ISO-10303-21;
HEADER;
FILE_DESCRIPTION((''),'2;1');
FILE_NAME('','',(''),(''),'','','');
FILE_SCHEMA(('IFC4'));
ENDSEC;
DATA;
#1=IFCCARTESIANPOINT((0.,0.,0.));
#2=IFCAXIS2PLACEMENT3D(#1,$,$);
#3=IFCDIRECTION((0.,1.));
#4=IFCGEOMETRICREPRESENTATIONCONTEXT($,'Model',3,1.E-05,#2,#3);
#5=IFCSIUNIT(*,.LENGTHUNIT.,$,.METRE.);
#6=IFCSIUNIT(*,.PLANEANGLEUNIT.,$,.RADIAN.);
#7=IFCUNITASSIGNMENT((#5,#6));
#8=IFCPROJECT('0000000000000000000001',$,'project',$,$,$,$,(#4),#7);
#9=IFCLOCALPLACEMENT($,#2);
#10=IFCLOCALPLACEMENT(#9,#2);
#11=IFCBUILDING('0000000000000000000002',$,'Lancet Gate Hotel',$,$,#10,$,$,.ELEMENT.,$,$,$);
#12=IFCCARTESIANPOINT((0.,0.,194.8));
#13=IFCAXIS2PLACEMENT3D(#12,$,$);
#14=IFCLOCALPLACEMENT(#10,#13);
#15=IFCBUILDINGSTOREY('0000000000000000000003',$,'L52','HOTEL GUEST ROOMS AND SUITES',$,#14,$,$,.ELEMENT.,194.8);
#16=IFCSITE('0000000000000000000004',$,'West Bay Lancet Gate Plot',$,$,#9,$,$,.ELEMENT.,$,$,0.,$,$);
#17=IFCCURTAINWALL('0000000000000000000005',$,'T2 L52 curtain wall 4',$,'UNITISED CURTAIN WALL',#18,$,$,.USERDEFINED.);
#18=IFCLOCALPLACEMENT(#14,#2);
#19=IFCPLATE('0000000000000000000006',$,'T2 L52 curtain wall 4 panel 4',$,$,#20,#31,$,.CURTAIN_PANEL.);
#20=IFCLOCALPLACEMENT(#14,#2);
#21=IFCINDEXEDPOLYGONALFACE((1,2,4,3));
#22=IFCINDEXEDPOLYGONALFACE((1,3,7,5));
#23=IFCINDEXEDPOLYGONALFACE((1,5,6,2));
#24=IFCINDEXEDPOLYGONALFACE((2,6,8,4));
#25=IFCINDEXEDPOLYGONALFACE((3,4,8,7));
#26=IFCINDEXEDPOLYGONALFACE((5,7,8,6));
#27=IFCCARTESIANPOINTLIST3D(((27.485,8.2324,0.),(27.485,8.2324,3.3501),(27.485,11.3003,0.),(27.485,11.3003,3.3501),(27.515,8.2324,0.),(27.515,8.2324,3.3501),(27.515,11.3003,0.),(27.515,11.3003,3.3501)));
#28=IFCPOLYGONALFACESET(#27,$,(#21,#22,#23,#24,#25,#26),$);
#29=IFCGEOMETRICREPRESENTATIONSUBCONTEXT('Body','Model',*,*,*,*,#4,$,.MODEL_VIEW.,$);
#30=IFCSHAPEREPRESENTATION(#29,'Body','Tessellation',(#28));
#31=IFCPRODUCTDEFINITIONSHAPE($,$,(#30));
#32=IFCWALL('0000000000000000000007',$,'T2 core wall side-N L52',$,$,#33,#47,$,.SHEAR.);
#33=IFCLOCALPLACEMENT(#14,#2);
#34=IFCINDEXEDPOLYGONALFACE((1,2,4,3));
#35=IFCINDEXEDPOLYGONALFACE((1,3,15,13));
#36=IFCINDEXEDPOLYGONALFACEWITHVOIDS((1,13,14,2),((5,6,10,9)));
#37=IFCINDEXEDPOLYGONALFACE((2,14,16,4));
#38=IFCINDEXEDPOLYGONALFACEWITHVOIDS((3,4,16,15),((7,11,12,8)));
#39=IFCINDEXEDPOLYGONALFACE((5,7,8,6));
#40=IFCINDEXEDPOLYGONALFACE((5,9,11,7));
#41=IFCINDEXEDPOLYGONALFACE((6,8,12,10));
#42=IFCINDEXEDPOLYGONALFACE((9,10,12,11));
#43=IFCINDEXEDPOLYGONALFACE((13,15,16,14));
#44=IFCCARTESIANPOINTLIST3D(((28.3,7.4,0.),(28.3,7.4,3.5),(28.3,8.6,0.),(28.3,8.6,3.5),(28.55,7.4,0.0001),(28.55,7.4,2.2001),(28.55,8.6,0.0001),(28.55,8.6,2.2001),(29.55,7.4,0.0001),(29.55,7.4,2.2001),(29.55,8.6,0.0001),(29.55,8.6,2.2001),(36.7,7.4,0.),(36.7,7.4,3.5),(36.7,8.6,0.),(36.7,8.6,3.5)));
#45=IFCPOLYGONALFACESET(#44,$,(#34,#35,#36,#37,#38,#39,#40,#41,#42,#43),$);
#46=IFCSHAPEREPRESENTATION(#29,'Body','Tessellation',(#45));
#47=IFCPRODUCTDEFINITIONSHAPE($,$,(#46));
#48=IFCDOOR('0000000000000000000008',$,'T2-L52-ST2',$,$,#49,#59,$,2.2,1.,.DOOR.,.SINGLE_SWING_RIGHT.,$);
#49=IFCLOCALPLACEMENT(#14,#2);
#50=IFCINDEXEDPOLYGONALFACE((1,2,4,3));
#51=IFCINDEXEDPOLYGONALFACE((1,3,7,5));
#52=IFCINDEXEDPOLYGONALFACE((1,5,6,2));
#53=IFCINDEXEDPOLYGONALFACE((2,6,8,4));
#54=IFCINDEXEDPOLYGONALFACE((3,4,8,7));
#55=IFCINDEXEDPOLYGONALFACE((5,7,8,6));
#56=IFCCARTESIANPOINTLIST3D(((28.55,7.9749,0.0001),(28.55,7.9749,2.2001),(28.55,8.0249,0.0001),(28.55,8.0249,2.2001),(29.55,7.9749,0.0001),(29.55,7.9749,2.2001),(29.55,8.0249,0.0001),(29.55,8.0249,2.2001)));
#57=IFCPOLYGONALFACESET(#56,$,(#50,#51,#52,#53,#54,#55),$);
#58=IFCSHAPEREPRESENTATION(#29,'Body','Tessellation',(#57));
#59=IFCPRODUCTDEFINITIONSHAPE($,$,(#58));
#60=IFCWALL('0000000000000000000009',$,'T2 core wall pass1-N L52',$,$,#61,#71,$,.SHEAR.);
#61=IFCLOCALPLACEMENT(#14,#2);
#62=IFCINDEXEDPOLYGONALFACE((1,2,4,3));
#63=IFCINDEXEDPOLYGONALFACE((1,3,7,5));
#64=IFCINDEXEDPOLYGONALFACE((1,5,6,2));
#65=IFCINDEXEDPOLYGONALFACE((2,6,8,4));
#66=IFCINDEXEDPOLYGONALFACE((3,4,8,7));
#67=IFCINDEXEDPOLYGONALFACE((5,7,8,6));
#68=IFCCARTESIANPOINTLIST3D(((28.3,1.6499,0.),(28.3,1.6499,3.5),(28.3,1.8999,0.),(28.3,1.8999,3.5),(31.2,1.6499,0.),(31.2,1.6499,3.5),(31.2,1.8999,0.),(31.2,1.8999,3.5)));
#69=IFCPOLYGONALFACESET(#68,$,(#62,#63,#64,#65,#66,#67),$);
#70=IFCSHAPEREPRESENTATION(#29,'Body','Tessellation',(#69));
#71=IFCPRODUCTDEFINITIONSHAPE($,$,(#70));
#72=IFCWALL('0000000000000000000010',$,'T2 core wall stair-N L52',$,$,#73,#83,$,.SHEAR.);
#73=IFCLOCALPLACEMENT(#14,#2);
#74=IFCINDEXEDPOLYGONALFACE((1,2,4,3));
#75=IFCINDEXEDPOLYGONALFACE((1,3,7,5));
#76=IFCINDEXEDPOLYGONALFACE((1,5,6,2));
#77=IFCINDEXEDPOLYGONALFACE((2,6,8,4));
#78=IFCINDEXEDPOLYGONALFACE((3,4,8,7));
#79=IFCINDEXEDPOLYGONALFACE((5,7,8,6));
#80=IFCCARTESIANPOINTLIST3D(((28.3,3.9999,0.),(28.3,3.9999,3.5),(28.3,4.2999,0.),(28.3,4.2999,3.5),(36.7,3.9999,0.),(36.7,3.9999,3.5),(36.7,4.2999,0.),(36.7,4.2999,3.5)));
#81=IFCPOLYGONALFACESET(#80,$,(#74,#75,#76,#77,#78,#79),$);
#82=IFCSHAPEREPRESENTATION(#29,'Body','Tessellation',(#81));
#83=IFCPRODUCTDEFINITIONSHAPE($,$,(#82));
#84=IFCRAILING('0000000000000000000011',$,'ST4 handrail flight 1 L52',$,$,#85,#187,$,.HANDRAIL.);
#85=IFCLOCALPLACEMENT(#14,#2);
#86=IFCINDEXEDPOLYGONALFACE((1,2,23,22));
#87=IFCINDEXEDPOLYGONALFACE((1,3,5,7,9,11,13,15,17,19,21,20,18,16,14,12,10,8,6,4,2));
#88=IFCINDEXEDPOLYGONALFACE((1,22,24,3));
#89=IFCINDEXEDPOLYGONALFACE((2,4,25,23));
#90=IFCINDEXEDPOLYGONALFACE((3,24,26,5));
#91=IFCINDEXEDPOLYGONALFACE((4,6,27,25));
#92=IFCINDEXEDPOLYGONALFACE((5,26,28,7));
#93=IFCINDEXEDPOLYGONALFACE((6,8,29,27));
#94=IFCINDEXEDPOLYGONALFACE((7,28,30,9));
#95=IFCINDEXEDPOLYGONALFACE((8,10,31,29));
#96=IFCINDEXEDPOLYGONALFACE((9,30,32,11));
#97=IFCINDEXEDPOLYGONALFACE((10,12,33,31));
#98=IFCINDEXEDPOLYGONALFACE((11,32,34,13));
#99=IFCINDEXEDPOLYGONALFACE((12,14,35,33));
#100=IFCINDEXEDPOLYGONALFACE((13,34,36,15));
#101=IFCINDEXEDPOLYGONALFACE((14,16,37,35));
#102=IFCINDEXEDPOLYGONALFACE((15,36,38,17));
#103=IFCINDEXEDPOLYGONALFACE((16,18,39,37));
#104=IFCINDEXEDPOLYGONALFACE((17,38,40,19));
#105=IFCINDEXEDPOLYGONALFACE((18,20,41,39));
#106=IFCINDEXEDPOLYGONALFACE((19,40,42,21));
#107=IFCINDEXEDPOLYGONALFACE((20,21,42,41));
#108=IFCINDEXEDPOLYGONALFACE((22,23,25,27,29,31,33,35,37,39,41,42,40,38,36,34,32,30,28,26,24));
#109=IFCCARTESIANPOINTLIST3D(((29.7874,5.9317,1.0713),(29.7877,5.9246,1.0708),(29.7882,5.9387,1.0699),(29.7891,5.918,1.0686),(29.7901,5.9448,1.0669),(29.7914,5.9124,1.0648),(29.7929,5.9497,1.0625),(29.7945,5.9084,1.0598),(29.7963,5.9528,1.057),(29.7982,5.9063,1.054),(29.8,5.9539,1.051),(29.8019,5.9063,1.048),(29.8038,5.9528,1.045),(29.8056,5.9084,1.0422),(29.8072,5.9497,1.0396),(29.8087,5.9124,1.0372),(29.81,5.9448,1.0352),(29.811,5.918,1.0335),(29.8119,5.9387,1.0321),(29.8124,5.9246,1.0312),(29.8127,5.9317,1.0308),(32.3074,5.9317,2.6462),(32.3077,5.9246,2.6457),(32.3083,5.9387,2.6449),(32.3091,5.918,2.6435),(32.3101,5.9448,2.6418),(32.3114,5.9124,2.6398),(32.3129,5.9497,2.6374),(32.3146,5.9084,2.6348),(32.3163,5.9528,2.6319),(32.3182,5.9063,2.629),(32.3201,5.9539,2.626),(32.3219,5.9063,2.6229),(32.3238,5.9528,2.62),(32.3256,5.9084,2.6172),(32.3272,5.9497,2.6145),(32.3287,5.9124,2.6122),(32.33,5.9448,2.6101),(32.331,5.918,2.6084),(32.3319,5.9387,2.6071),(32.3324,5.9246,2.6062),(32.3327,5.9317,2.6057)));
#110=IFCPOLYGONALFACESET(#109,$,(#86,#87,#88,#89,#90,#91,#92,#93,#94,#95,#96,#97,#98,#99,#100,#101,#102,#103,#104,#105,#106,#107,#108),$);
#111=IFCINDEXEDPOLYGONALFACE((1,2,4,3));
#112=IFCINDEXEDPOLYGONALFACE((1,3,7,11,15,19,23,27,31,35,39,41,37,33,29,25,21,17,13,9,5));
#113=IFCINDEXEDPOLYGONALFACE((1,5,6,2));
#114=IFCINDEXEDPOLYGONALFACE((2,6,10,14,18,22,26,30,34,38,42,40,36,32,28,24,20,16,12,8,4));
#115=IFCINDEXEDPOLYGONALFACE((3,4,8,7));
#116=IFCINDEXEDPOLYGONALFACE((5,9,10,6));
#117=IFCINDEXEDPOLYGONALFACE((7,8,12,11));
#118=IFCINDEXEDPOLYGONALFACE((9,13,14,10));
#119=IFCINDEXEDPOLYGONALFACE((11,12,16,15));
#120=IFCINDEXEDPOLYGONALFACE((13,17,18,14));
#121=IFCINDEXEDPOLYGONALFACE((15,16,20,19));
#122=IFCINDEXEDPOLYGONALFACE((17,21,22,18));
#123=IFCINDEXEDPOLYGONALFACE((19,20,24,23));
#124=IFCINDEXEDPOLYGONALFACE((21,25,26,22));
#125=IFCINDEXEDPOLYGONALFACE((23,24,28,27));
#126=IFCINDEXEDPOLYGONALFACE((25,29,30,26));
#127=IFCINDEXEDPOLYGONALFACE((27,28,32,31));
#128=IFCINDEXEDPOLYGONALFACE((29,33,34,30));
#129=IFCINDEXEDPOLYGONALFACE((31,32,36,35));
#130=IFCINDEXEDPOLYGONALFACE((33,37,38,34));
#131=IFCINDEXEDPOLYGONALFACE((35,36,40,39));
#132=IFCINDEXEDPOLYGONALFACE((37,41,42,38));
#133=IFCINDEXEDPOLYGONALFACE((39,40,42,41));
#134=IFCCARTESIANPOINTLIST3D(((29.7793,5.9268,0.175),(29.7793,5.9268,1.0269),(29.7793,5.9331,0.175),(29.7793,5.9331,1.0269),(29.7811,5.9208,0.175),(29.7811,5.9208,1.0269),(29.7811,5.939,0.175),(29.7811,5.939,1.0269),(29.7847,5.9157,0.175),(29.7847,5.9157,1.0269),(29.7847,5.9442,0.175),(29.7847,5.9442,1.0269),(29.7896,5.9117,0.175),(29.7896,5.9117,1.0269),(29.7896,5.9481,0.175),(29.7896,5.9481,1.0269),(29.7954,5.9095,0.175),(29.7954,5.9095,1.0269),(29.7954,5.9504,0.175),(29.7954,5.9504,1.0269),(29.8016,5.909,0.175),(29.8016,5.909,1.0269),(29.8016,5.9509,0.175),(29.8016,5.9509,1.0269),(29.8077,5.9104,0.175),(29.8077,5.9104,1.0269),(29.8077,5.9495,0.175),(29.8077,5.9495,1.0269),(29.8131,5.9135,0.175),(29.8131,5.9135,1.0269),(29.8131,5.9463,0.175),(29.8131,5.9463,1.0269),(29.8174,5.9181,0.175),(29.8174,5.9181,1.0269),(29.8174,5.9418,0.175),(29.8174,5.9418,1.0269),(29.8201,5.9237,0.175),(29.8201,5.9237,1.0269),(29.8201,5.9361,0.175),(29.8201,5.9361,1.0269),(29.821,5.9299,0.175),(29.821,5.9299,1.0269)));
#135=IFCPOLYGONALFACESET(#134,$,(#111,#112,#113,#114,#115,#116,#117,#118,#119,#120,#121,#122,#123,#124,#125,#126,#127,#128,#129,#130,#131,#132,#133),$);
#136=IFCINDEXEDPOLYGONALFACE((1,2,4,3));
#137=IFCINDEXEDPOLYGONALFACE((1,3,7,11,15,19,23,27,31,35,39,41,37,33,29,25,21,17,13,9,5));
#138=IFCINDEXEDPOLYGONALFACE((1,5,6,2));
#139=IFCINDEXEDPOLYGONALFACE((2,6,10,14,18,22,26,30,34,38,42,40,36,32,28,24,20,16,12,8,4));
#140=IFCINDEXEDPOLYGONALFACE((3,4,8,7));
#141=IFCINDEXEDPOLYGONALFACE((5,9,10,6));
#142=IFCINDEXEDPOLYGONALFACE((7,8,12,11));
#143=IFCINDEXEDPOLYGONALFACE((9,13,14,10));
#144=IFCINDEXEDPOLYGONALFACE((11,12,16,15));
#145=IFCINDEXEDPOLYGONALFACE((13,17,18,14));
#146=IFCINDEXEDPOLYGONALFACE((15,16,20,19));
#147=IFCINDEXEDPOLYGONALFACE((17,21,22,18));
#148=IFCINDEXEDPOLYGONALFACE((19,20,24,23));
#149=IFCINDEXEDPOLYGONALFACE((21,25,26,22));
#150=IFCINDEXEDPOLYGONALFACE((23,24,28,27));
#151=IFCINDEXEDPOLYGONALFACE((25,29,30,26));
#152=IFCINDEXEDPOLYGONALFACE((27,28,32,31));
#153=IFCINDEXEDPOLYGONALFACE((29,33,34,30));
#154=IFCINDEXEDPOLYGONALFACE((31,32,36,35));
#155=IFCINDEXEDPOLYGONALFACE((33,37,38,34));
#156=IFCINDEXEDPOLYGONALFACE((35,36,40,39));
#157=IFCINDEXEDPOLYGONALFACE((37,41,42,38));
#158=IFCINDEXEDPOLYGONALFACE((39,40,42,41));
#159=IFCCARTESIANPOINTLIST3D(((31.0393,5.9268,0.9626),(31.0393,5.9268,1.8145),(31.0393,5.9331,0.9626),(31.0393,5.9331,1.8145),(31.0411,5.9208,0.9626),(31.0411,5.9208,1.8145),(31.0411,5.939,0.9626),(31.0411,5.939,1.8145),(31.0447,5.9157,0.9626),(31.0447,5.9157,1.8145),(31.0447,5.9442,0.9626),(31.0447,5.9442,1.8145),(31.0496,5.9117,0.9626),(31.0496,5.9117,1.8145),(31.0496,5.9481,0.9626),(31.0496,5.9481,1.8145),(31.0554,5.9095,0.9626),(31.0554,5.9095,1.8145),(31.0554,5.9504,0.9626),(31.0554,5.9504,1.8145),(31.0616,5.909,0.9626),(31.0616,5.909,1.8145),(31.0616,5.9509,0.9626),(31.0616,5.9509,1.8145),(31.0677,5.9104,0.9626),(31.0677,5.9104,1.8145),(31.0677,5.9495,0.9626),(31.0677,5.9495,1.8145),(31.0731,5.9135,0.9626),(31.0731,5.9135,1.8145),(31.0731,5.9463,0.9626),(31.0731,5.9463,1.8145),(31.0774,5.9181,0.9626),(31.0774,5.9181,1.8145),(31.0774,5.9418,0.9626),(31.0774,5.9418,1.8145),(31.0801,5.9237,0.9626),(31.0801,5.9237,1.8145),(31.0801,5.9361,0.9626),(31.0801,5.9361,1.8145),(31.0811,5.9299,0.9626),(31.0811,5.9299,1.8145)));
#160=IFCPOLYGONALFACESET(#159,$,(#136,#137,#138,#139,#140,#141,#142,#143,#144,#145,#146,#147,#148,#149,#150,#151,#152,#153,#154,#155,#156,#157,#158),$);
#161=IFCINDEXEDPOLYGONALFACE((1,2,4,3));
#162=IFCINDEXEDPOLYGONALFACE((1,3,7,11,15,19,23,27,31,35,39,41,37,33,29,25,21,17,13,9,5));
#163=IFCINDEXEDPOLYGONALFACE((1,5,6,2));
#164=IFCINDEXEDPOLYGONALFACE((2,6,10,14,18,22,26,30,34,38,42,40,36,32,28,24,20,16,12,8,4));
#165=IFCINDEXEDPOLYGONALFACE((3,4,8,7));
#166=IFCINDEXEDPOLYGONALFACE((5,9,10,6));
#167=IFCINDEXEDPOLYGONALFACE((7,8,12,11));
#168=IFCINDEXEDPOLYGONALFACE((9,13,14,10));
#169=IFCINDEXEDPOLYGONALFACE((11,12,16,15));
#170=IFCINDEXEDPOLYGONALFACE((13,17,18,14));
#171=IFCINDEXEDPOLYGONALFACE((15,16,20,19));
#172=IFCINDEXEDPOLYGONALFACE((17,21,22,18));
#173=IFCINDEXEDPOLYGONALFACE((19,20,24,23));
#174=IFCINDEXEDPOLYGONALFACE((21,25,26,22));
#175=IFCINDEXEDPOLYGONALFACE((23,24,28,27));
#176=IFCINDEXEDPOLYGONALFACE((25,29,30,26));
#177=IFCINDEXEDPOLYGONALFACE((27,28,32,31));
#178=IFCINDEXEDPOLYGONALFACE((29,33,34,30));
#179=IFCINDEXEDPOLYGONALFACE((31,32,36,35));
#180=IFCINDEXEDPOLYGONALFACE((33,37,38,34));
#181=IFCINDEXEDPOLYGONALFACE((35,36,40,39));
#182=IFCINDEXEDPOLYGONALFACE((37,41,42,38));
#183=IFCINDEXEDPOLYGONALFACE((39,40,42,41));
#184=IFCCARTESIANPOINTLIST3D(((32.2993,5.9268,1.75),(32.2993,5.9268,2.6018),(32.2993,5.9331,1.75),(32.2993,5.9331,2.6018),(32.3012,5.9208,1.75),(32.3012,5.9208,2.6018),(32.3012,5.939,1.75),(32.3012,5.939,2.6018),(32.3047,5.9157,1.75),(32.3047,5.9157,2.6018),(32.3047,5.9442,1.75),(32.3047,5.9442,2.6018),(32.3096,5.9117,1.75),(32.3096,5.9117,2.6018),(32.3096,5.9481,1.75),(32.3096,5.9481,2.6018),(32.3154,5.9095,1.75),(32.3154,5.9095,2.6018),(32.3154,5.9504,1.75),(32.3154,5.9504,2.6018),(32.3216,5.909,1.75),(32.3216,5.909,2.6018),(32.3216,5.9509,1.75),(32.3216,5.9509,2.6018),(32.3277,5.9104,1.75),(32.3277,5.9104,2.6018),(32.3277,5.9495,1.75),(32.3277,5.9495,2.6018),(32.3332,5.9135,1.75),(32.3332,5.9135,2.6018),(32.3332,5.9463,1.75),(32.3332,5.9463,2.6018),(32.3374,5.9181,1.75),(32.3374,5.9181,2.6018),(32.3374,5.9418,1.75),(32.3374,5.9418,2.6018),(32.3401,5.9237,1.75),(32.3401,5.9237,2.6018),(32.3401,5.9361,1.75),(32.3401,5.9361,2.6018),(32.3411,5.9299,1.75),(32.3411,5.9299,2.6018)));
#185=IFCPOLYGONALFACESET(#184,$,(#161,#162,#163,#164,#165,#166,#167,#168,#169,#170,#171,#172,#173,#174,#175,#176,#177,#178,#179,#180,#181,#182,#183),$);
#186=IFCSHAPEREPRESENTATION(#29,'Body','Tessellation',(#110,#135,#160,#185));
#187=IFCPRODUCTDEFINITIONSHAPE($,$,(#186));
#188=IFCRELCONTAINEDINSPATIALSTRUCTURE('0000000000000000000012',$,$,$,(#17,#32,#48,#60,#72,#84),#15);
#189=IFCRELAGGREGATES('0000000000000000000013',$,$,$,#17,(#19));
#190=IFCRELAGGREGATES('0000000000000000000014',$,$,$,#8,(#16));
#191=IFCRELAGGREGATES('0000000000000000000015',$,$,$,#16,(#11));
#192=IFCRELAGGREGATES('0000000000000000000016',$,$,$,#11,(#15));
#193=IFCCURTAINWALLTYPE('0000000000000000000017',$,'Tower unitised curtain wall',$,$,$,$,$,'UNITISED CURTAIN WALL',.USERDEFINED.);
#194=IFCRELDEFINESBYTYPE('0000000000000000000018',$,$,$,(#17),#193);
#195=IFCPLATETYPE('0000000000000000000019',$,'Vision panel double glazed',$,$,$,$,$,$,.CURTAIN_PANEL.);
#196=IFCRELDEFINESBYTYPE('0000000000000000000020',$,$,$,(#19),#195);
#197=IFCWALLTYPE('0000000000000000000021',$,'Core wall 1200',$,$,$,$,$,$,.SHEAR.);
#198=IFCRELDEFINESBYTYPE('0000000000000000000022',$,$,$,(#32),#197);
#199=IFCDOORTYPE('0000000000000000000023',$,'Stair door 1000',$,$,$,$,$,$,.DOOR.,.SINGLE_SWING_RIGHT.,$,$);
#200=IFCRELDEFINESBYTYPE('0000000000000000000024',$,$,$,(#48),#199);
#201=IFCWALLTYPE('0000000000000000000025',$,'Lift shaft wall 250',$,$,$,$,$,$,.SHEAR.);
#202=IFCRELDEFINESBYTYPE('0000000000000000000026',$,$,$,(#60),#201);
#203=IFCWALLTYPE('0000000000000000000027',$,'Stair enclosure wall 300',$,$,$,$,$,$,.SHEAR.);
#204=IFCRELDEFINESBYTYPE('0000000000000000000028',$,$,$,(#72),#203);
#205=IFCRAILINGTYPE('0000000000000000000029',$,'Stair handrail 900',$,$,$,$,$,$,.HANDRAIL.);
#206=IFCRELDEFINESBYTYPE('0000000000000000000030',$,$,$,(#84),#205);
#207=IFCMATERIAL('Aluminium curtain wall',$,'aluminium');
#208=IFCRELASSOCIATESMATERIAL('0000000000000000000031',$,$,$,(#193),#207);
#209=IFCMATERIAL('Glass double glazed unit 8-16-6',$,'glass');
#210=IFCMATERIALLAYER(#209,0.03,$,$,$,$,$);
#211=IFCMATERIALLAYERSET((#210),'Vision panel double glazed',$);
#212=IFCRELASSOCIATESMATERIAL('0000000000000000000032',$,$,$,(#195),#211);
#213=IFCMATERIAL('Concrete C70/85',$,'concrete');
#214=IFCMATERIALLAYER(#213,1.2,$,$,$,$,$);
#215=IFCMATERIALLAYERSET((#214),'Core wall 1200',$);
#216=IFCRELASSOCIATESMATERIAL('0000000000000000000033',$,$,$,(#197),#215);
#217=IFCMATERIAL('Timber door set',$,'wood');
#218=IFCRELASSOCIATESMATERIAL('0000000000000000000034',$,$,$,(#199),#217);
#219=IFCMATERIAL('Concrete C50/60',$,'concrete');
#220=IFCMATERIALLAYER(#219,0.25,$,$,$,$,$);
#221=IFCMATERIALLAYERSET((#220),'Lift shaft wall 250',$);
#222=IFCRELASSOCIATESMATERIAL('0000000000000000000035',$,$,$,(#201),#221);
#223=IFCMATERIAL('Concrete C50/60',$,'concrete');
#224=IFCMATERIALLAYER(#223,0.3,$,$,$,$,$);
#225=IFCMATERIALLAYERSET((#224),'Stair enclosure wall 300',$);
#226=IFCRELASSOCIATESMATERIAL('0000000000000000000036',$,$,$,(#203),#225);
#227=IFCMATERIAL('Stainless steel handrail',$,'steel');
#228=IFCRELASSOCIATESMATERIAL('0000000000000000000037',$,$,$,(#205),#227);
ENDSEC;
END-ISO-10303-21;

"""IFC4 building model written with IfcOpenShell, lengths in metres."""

from ifc_helpers import new_model, si_unit, direction, frame, frame_2d, origin, origin_2d, place, context, subcontext, project, spatial, rectangle, circle, extrude, material, layer, layer_set, type_object, element, fill, aggregate, save


model = new_model("IFC4")

# Units and contexts
model_context = context("Model", 3, precision=1e-05, world=origin(), true_north=direction((0.0, 1.0)))
body_context = subcontext(model_context, "Body", "Model", "MODEL_VIEW")
ifc_project = project(units=[si_unit("LENGTHUNIT", "METRE"), si_unit("PLANEANGLEUNIT", "RADIAN")], contexts=[model_context])

# Site, building, storey
site_placement = place(None, origin())
site = spatial("IfcSite", under=ifc_project, at=site_placement, Name="West Bay Lancet Gate Plot", CompositionType="ELEMENT", RefElevation=0.0)
building_placement = place(site_placement, origin())
building = spatial("IfcBuilding", under=site, at=building_placement, Name="Lancet Gate Hotel", CompositionType="ELEMENT")
storey_placement = place(building_placement, frame((0.0, 0.0, 194.8)))
storey = spatial("IfcBuildingStorey", under=building, at=storey_placement, Name="L52", Description="HOTEL GUEST ROOMS AND SUITES", CompositionType="ELEMENT", Elevation=194.8)

# Curtain wall
ifc_material_1 = material(Name="Aluminium curtain wall", Category="aluminium")
curtain_wall_type = type_object("IfcCurtainWallType", Name="Tower unitised curtain wall", ElementType="UNITISED CURTAIN WALL", PredefinedType="USERDEFINED", material=ifc_material_1)
curtain_wall_placement = place(storey_placement, origin())
curtain_wall = element("IfcCurtainWall", 1, at=curtain_wall_placement, inside=storey, type_object=curtain_wall_type, Name="T2 L52 curtain wall 4", ObjectType="UNITISED CURTAIN WALL", PredefinedType="USERDEFINED")

# Plate
ifc_material_2 = material(Name="Glass double glazed unit 8-16-6", Category="glass")
ifc_layer_1 = layer(ifc_material_2, 0.03)
ifc_layer_set_1 = layer_set([ifc_layer_1], Name="Vision panel double glazed")
plate_type = type_object("IfcPlateType", Name="Vision panel double glazed", PredefinedType="CURTAIN_PANEL", material=ifc_layer_set_1)
plate_placement = place(storey_placement, frame((27.5, 9.7664, 0.0), z_axis=(0.0, 0.0, 1.0), x_axis=(0.0, -1.0, 0.0)))
plate = element("IfcPlate", 2, at=plate_placement, type_object=plate_type, Name="T2 L52 curtain wall 4 panel 4", PredefinedType="CURTAIN_PANEL", context=body_context, shape_type="SweptSolid", body=[
    extrude(rectangle(XDim=3.0679, YDim=0.03, at=origin_2d()), origin(), (0.0, 0.0, 1.0), 3.3501),
])
aggregate(curtain_wall, [plate])

# Wall, opening, door
ifc_material_3 = material(Name="Concrete C70/85", Category="concrete")
ifc_layer_2 = layer(ifc_material_3, 1.2)
ifc_layer_set_2 = layer_set([ifc_layer_2], Name="Core wall 1200")
wall_type_1 = type_object("IfcWallType", Name="Core wall 1200", PredefinedType="SHEAR", material=ifc_layer_set_2)
wall_1_placement = place(storey_placement, frame((28.3, 8.0, 0.0), z_axis=(0.0, 0.0, 1.0), x_axis=(1.0, 0.0, 0.0)))
wall_1 = element("IfcWall", 3, at=wall_1_placement, inside=storey, type_object=wall_type_1, Name="T2 core wall side-N L52", PredefinedType="SHEAR", context=body_context, shape_type="SweptSolid", body=[
    extrude(rectangle(XDim=8.3999, YDim=1.2, at=frame_2d((4.2, 0.0))), origin(), (0.0, 0.0, 1.0), 3.5),
])
opening_placement = place(wall_1_placement, frame((0.25, 0.0, 0.0)))
opening = element("IfcOpeningElement", 4, at=opening_placement, cuts=wall_1, PredefinedType="OPENING", context=body_context, shape_type="SweptSolid", body=[
    extrude(rectangle(XDim=1.0, YDim=2.2, at=frame_2d((0.5, 1.1001))), frame((0.0, 0.6099, 0.0), z_axis=(0.0, -1.0, 0.0), x_axis=(1.0, 0.0, 0.0)), (0.0, 0.0, 1.0), 1.22),
])
ifc_material_4 = material(Name="Timber door set", Category="wood")
door_type = type_object("IfcDoorType", Name="Stair door 1000", OperationType="SINGLE_SWING_RIGHT", PredefinedType="DOOR", material=ifc_material_4)
door_placement = place(opening_placement, origin())
door = element("IfcDoor", 5, at=door_placement, inside=storey, type_object=door_type, Name="T2-L52-ST2", OperationType="SINGLE_SWING_RIGHT", OverallHeight=2.2, OverallWidth=1.0, PredefinedType="DOOR", context=body_context, shape_type="SweptSolid", body=[
    extrude(rectangle(XDim=1.0, YDim=2.2, at=frame_2d((0.5, 1.1001))), frame((0.0, 0.0249, 0.0), z_axis=(0.0, -1.0, 0.0), x_axis=(1.0, 0.0, 0.0)), (0.0, 0.0, 1.0), 0.05),
])
fill(opening, door)

# Walls
ifc_material_5 = material(Name="Concrete C50/60", Category="concrete")
ifc_layer_3 = layer(ifc_material_5, 0.25)
ifc_layer_set_3 = layer_set([ifc_layer_3], Name="Lift shaft wall 250")
wall_type_2 = type_object("IfcWallType", Name="Lift shaft wall 250", PredefinedType="SHEAR", material=ifc_layer_set_3)
wall_2_placement = place(storey_placement, frame((28.3, 1.7749, 0.0), z_axis=(0.0, 0.0, 1.0), x_axis=(1.0, 0.0, 0.0)))
element("IfcWall", 6, at=wall_2_placement, inside=storey, type_object=wall_type_2, Name="T2 core wall pass1-N L52", PredefinedType="SHEAR", context=body_context, shape_type="SweptSolid", body=[
    extrude(rectangle(XDim=2.8999, YDim=0.25, at=frame_2d((1.45, 0.0))), origin(), (0.0, 0.0, 1.0), 3.5),
])
ifc_material_6 = material(Name="Concrete C50/60", Category="concrete")
ifc_layer_4 = layer(ifc_material_6, 0.3)
ifc_layer_set_4 = layer_set([ifc_layer_4], Name="Stair enclosure wall 300")
wall_type_3 = type_object("IfcWallType", Name="Stair enclosure wall 300", PredefinedType="SHEAR", material=ifc_layer_set_4)
wall_3_placement = place(storey_placement, frame((28.3, 4.1499, 0.0), z_axis=(0.0, 0.0, 1.0), x_axis=(1.0, 0.0, 0.0)))
element("IfcWall", 7, at=wall_3_placement, inside=storey, type_object=wall_type_3, Name="T2 core wall stair-N L52", PredefinedType="SHEAR", context=body_context, shape_type="SweptSolid", body=[
    extrude(rectangle(XDim=8.3999, YDim=0.3, at=frame_2d((4.2, 0.0))), origin(), (0.0, 0.0, 1.0), 3.5),
])

# Railing
ifc_material_7 = material(Name="Stainless steel handrail", Category="steel")
railing_type = type_object("IfcRailingType", Name="Stair handrail 900", PredefinedType="HANDRAIL", material=ifc_material_7)
railing_placement = place(storey_placement, frame((29.8, 5.9299, 0.175)))
element("IfcRailing", 8, at=railing_placement, inside=storey, type_object=railing_type, Name="ST4 handrail flight 1 L52", PredefinedType="HANDRAIL", context=body_context, shape_type="SweptSolid", body=[
    extrude(circle(Radius=0.0239, at=origin_2d()), frame((0.0, 0.0, 0.876), z_axis=(0.848008, 0.0, 0.529984), x_axis=(0.0, 1.0, 0.0)), (0.0, 0.0, 1.0), 2.9717),
    extrude(circle(Radius=0.021, at=origin_2d()), origin(), (0.0, 0.0, 1.0), 0.8518),
    extrude(circle(Radius=0.021, at=origin_2d()), frame((1.26, 0.0, 0.7876)), (0.0, 0.0, 1.0), 0.8518),
    extrude(circle(Radius=0.021, at=origin_2d()), frame((2.52, 0.0, 1.575)), (0.0, 0.0, 1.0), 0.8518),
])

save(model, "model.ifc")
